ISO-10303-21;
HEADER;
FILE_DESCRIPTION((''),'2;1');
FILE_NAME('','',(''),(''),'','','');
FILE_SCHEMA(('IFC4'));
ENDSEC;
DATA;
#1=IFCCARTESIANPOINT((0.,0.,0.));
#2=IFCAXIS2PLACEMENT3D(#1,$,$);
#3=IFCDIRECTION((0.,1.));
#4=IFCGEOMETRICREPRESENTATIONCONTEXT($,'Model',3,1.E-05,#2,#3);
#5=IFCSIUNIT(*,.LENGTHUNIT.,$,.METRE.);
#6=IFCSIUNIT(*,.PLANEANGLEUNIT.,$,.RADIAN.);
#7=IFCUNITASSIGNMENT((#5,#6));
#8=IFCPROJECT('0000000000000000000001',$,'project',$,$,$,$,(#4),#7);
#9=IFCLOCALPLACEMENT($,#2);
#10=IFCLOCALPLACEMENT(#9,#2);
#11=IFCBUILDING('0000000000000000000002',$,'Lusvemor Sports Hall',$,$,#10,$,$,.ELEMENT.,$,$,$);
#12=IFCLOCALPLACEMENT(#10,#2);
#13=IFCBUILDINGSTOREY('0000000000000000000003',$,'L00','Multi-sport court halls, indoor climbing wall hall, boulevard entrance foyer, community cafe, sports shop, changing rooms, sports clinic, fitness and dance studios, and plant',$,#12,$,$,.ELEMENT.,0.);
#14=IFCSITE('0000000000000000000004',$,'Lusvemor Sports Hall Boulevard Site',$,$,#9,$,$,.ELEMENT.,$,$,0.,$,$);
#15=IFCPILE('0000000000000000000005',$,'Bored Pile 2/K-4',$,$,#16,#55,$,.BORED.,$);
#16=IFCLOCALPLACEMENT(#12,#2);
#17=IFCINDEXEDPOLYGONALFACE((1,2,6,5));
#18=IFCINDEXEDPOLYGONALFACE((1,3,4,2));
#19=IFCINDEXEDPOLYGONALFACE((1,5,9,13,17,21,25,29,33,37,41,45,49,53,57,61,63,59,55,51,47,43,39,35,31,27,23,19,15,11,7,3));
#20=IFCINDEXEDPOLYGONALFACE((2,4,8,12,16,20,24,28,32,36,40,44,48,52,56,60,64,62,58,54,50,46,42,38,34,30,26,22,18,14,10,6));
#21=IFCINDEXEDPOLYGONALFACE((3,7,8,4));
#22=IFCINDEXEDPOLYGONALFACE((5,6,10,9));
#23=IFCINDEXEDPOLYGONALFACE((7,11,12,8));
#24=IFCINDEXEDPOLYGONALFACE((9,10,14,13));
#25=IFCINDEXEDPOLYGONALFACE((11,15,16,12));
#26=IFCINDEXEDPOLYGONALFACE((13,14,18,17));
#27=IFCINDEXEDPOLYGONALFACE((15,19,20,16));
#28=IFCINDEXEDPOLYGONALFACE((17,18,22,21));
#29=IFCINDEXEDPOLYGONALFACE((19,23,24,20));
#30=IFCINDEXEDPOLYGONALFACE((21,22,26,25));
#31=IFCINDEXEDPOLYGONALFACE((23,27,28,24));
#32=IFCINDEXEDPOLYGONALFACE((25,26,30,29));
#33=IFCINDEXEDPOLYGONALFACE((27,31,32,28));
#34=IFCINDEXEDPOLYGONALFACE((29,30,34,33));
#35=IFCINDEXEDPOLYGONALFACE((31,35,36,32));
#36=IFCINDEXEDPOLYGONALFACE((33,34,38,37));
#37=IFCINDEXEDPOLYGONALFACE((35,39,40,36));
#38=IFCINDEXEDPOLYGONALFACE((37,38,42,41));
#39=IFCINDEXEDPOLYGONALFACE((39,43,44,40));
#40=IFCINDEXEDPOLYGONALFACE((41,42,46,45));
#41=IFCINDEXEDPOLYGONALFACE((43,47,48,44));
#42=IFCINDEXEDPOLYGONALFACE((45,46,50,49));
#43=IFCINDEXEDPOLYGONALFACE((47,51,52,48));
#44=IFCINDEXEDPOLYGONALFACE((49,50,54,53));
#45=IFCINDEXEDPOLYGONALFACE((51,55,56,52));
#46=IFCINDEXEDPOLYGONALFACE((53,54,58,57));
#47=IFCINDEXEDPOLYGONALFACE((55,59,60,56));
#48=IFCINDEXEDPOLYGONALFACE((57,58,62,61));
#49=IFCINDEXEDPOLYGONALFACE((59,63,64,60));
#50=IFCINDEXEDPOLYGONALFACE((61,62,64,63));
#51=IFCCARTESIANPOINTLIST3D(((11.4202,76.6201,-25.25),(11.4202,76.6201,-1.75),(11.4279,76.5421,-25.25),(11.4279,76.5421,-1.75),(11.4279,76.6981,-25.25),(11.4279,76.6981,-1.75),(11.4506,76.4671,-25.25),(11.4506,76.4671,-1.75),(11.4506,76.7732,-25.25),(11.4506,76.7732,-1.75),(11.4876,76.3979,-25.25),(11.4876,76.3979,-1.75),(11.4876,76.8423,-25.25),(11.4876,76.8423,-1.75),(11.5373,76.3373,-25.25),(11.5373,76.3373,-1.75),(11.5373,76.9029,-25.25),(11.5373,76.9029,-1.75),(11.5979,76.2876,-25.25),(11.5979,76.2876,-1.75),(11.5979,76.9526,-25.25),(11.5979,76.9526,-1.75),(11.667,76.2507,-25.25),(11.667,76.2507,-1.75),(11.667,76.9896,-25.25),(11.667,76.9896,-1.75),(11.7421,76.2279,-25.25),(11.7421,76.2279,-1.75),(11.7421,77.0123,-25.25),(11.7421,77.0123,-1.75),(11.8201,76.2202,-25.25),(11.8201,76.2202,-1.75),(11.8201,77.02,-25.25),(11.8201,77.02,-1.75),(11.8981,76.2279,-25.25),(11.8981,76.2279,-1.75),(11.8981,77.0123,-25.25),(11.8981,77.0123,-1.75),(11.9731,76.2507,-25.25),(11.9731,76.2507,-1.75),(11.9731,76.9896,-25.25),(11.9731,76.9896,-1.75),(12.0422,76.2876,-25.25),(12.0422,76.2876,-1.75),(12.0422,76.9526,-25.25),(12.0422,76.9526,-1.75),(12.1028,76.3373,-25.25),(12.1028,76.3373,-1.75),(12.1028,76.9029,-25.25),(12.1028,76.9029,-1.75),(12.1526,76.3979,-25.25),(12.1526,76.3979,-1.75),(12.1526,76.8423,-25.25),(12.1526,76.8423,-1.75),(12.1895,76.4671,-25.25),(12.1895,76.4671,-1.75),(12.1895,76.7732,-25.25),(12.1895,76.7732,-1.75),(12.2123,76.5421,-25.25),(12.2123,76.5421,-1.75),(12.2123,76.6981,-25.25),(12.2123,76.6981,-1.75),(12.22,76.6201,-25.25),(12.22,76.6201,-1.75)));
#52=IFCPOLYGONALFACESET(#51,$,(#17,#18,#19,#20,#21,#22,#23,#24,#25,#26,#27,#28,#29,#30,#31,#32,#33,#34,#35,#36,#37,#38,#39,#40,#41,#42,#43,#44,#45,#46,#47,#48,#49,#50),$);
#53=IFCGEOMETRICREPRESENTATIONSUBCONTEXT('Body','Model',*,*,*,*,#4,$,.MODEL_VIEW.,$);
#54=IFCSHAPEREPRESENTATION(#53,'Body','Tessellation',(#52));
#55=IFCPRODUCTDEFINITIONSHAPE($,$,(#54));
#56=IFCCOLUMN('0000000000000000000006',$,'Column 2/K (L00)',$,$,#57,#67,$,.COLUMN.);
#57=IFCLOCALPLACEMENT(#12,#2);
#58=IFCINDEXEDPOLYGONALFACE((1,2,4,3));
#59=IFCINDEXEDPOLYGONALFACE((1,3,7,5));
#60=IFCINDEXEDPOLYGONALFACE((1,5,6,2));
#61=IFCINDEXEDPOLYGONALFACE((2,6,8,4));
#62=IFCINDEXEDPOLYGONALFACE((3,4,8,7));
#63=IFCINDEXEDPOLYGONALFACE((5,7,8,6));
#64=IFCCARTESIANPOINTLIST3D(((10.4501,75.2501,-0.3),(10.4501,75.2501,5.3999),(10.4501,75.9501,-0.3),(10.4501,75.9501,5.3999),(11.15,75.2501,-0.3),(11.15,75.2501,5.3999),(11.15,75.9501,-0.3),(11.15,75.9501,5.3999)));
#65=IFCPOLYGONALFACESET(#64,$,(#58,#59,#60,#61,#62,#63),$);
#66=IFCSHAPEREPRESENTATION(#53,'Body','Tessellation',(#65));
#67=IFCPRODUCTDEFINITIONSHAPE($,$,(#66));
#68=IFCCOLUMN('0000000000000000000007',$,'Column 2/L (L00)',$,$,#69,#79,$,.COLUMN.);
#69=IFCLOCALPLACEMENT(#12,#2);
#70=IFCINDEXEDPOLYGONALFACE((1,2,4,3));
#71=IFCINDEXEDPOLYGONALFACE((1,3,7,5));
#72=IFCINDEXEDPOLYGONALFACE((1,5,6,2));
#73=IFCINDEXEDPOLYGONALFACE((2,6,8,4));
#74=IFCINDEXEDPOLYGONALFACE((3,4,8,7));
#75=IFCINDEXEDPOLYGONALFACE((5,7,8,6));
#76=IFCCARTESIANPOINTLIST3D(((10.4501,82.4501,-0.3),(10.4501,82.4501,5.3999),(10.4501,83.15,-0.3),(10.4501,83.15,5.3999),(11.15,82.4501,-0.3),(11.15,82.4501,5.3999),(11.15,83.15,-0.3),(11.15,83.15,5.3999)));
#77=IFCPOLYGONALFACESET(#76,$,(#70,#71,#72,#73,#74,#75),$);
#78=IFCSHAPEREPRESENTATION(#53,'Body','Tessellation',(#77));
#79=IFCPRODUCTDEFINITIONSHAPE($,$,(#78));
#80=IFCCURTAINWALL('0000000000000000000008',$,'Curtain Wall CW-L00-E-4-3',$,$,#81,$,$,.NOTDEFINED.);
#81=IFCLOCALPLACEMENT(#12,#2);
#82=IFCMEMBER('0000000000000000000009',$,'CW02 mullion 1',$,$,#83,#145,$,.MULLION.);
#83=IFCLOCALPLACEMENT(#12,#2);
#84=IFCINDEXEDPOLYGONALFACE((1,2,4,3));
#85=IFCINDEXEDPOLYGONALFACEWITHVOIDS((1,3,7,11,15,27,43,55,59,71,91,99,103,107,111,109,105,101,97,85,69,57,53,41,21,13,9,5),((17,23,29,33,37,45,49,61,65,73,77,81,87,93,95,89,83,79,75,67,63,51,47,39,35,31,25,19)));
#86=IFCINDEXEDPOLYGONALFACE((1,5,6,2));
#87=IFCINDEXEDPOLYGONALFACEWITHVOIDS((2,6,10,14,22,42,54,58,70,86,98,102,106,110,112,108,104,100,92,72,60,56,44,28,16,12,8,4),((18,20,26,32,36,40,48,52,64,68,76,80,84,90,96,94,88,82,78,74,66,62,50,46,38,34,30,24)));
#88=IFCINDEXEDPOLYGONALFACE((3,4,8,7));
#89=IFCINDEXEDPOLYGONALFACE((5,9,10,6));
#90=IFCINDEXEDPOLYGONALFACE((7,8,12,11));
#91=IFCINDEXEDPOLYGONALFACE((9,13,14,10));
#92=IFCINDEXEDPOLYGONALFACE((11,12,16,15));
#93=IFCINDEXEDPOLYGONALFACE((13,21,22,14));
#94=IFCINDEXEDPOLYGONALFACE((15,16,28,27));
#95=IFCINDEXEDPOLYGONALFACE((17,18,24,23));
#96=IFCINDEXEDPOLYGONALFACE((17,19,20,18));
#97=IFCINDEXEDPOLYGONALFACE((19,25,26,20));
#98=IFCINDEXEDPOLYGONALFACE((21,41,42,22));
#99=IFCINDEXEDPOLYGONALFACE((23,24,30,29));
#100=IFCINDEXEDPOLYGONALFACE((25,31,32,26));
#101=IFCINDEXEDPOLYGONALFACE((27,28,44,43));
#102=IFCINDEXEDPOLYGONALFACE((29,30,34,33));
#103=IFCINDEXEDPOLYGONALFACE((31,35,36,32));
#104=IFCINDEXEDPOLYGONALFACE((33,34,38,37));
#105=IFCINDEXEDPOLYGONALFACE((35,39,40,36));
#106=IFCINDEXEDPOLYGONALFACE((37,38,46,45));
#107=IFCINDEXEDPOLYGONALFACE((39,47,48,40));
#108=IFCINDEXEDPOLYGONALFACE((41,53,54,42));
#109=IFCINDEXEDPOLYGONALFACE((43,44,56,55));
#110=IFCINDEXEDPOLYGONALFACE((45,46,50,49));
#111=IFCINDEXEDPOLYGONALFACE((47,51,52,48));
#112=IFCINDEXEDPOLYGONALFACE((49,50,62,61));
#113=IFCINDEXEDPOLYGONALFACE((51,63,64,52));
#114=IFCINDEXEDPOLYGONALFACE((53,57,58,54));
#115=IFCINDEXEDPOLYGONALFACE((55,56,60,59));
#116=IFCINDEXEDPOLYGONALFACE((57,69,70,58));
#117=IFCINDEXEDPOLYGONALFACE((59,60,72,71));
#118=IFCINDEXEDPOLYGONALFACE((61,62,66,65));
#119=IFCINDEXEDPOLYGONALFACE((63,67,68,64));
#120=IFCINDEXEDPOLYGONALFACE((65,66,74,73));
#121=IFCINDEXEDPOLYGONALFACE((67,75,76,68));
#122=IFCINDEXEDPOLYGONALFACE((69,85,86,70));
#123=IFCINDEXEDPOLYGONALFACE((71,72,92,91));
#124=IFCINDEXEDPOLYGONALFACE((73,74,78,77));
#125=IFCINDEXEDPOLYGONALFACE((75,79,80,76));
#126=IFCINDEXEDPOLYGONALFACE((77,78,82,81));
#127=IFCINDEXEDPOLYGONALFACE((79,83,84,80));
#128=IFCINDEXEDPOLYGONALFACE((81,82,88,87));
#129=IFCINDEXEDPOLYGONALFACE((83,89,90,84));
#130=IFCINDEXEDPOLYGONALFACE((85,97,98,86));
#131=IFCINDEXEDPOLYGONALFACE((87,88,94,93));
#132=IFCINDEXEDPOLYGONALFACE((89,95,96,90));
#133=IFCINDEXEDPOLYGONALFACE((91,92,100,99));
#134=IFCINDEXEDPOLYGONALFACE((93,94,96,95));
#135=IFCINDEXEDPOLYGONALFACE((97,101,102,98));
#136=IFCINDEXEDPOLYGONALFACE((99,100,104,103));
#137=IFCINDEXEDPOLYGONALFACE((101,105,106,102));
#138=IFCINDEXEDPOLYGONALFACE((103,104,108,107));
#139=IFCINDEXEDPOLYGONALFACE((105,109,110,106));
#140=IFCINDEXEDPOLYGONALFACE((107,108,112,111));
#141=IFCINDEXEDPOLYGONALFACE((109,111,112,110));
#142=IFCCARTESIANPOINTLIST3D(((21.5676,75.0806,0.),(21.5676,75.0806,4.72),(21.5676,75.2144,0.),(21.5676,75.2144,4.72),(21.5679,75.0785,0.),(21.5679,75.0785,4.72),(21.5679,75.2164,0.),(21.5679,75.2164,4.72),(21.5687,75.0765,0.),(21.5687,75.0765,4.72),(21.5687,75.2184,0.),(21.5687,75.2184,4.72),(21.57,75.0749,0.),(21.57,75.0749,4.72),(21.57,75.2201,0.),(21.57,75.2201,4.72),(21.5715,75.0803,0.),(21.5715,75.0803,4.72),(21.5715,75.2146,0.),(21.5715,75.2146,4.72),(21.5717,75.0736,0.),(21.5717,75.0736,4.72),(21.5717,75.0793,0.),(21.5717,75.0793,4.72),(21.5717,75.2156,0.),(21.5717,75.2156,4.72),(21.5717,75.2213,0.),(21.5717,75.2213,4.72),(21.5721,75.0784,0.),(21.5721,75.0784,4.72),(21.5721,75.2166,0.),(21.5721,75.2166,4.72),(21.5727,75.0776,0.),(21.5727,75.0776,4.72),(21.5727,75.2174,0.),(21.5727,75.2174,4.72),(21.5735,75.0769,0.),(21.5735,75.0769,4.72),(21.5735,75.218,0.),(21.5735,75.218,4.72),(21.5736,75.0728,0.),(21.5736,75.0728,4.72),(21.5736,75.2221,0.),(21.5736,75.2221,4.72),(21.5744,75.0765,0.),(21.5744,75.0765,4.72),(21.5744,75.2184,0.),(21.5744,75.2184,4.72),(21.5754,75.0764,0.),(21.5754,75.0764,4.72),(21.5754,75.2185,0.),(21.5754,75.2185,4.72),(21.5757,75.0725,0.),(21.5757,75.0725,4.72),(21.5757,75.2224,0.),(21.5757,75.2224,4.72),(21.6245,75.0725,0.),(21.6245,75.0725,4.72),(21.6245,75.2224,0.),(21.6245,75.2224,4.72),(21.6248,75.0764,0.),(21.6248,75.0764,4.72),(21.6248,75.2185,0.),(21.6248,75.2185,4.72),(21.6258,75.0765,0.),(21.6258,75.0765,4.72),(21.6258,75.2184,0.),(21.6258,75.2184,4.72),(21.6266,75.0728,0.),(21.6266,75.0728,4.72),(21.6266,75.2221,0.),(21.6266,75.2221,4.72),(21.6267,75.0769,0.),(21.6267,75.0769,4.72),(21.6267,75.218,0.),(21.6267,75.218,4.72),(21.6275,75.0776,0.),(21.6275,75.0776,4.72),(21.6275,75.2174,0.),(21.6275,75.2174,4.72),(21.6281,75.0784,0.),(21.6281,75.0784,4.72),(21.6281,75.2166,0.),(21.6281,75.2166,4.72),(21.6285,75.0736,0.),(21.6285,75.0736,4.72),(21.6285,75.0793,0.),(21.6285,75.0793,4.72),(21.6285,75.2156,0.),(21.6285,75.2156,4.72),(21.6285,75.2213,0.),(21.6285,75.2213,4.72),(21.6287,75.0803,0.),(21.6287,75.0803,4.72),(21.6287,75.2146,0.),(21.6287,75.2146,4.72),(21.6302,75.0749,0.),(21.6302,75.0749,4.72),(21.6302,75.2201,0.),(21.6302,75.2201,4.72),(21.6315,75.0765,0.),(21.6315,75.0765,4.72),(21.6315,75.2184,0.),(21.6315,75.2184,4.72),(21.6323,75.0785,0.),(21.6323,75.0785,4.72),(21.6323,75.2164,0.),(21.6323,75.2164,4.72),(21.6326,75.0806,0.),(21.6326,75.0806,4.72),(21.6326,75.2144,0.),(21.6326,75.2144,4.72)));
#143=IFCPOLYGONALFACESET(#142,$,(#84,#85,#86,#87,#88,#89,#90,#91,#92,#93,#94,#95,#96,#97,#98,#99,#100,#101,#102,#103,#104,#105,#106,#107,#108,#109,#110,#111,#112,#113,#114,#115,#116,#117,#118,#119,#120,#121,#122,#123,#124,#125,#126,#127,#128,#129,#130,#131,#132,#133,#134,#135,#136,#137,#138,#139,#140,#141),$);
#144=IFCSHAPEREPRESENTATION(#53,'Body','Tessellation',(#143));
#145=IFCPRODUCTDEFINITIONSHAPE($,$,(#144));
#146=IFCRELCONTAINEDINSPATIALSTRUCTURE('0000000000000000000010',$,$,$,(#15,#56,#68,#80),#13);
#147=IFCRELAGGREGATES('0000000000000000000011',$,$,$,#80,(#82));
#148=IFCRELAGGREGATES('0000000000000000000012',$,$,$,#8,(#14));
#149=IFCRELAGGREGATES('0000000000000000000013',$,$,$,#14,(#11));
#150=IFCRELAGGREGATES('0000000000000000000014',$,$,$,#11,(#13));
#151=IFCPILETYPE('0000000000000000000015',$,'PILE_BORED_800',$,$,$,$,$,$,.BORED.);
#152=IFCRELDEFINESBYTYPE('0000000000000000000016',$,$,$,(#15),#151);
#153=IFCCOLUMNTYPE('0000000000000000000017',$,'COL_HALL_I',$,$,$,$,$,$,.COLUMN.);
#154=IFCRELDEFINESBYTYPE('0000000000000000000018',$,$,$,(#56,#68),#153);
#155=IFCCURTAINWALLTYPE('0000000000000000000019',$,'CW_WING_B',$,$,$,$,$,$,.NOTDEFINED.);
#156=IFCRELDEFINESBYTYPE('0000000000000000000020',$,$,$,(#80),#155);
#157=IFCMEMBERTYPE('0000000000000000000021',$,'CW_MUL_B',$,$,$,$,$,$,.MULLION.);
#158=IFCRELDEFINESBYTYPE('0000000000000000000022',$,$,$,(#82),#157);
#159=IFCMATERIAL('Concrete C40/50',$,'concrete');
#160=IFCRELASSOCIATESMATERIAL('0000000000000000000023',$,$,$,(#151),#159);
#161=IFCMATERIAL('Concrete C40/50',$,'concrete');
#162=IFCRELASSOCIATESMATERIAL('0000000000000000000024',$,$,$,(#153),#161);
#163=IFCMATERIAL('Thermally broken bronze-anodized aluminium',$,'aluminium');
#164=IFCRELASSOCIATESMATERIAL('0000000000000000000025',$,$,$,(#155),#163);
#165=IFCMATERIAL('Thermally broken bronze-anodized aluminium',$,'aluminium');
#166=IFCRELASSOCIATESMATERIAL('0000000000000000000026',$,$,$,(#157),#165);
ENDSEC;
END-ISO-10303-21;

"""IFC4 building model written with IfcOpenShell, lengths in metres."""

from ifc_helpers import new_model, si_unit, direction, frame, origin, origin_2d, place, context, subcontext, project, spatial, rectangle, hollow_rectangle, circle, extrude, material, material_profile, profile_set, type_object, element, aggregate, save


model = new_model("IFC4")

# Units and contexts
model_context = context("Model", 3, precision=1e-05, world=origin(), true_north=direction((0.0, 1.0)))
body_context = subcontext(model_context, "Body", "Model", "MODEL_VIEW")
ifc_project = project(units=[si_unit("LENGTHUNIT", "METRE"), si_unit("PLANEANGLEUNIT", "RADIAN")], contexts=[model_context])

# Site, building, storey
site_placement = place(None, origin())
site = spatial("IfcSite", under=ifc_project, at=site_placement, Name="Lusvemor Sports Hall Boulevard Site", CompositionType="ELEMENT", RefElevation=0.0)
building_placement = place(site_placement, origin())
building = spatial("IfcBuilding", under=site, at=building_placement, Name="Lusvemor Sports Hall", CompositionType="ELEMENT")
storey_placement = place(building_placement, origin())
storey = spatial("IfcBuildingStorey", under=building, at=storey_placement, Name="L00", Description="Multi-sport court halls, indoor climbing wall hall, boulevard entrance foyer, community cafe, sports shop, changing rooms, sports clinic, fitness and dance studios, and plant", CompositionType="ELEMENT", Elevation=0.0)

# Pile
ifc_material_1 = material(Name="Concrete C40/50", Category="concrete")
ifc_material_profile_1 = material_profile(ifc_material_1, circle(Radius=0.3999, at=origin_2d()), Name="PILE800")
ifc_profile_set_1 = profile_set([ifc_material_profile_1], Name="Concrete C40/50")
pile_type_1 = type_object("IfcPileType", Name="PILE_BORED_800", PredefinedType="BORED", material=ifc_profile_set_1)
for number, where, z_axis, x_axis, name in (
    (1, (11.8201, 76.6201, -1.75), (0.0, 0.0, -1.0), (1.0, 0.0, 0.0), "Bored Pile 2/K-4"),
):
    element("IfcPile", number, at=place(storey_placement, frame(where, z_axis=z_axis, x_axis=x_axis)), inside=storey, type_object=pile_type_1, Name=name, PredefinedType="BORED", context=body_context, shape_type="SweptSolid", body=[
        extrude(circle(Radius=0.3999, at=origin_2d()), origin(), (0.0, 0.0, 1.0), 23.5),
    ])

# Columns
ifc_material_2 = material(Name="Concrete C40/50", Category="concrete")
ifc_material_profile_2 = material_profile(ifc_material_2, rectangle(XDim=0.7, YDim=0.7, at=origin_2d()), Name="RC700x700")
ifc_profile_set_2 = profile_set([ifc_material_profile_2], Name="Concrete C40/50")
column_type = type_object("IfcColumnType", Name="COL_HALL_I", PredefinedType="COLUMN", material=ifc_profile_set_2)
for number, where, z_axis, x_axis, name in (
    (2, (10.8, 75.6001, -0.3), (0.0, 0.0, 1.0), (1.0, 0.0, 0.0), "Column 2/K (L00)"),
    (3, (10.8, 82.8, -0.3), (0.0, 0.0, 1.0), (1.0, 0.0, 0.0), "Column 2/L (L00)"),
):
    element("IfcColumn", number, at=place(storey_placement, frame(where, z_axis=z_axis, x_axis=x_axis)), inside=storey, type_object=column_type, Name=name, PredefinedType="COLUMN", context=body_context, shape_type="SweptSolid", body=[
        extrude(rectangle(XDim=0.7, YDim=0.7, at=origin_2d()), origin(), (0.0, 0.0, 1.0), 5.7),
    ])

# Curtain wall, member
ifc_material_3 = material(Name="Thermally broken bronze-anodized aluminium", Category="aluminium")
curtain_wall_type = type_object("IfcCurtainWallType", Name="CW_WING_B", PredefinedType="NOTDEFINED", material=ifc_material_3)
curtain_wall_placement = place(storey_placement, origin())
curtain_wall = element("IfcCurtainWall", 4, at=curtain_wall_placement, inside=storey, type_object=curtain_wall_type, Name="Curtain Wall CW-L00-E-4-3", PredefinedType="NOTDEFINED")
ifc_material_4 = material(Name="Thermally broken bronze-anodized aluminium", Category="aluminium")
ifc_material_profile_3 = material_profile(ifc_material_4, hollow_rectangle(XDim=0.0649, YDim=0.1499, WallThickness=0.0039, InnerFilletRadius=0.0039, OuterFilletRadius=0.0081, at=origin_2d()), Name="CWMUL150x65x4")
ifc_profile_set_3 = profile_set([ifc_material_profile_3], Name="Thermally broken bronze-anodized aluminium")
member_type_1 = type_object("IfcMemberType", Name="CW_MUL_B", PredefinedType="MULLION", material=ifc_profile_set_3)
member_1_placement = place(storey_placement, frame((21.6001, 75.1475, 0.0), z_axis=(0.0, 0.0, 1.0), x_axis=(1.0, 0.0, 0.0)))
member_1 = element("IfcMember", 5, at=member_1_placement, type_object=member_type_1, Name="CW02 mullion 1", PredefinedType="MULLION", context=body_context, shape_type="SweptSolid", body=[
    extrude(hollow_rectangle(XDim=0.0649, YDim=0.1499, WallThickness=0.0039, InnerFilletRadius=0.0039, OuterFilletRadius=0.0081, at=origin_2d()), origin(), (0.0, 0.0, 1.0), 4.72),
])
aggregate(curtain_wall, [member_1])

save(model, "model.ifc")
